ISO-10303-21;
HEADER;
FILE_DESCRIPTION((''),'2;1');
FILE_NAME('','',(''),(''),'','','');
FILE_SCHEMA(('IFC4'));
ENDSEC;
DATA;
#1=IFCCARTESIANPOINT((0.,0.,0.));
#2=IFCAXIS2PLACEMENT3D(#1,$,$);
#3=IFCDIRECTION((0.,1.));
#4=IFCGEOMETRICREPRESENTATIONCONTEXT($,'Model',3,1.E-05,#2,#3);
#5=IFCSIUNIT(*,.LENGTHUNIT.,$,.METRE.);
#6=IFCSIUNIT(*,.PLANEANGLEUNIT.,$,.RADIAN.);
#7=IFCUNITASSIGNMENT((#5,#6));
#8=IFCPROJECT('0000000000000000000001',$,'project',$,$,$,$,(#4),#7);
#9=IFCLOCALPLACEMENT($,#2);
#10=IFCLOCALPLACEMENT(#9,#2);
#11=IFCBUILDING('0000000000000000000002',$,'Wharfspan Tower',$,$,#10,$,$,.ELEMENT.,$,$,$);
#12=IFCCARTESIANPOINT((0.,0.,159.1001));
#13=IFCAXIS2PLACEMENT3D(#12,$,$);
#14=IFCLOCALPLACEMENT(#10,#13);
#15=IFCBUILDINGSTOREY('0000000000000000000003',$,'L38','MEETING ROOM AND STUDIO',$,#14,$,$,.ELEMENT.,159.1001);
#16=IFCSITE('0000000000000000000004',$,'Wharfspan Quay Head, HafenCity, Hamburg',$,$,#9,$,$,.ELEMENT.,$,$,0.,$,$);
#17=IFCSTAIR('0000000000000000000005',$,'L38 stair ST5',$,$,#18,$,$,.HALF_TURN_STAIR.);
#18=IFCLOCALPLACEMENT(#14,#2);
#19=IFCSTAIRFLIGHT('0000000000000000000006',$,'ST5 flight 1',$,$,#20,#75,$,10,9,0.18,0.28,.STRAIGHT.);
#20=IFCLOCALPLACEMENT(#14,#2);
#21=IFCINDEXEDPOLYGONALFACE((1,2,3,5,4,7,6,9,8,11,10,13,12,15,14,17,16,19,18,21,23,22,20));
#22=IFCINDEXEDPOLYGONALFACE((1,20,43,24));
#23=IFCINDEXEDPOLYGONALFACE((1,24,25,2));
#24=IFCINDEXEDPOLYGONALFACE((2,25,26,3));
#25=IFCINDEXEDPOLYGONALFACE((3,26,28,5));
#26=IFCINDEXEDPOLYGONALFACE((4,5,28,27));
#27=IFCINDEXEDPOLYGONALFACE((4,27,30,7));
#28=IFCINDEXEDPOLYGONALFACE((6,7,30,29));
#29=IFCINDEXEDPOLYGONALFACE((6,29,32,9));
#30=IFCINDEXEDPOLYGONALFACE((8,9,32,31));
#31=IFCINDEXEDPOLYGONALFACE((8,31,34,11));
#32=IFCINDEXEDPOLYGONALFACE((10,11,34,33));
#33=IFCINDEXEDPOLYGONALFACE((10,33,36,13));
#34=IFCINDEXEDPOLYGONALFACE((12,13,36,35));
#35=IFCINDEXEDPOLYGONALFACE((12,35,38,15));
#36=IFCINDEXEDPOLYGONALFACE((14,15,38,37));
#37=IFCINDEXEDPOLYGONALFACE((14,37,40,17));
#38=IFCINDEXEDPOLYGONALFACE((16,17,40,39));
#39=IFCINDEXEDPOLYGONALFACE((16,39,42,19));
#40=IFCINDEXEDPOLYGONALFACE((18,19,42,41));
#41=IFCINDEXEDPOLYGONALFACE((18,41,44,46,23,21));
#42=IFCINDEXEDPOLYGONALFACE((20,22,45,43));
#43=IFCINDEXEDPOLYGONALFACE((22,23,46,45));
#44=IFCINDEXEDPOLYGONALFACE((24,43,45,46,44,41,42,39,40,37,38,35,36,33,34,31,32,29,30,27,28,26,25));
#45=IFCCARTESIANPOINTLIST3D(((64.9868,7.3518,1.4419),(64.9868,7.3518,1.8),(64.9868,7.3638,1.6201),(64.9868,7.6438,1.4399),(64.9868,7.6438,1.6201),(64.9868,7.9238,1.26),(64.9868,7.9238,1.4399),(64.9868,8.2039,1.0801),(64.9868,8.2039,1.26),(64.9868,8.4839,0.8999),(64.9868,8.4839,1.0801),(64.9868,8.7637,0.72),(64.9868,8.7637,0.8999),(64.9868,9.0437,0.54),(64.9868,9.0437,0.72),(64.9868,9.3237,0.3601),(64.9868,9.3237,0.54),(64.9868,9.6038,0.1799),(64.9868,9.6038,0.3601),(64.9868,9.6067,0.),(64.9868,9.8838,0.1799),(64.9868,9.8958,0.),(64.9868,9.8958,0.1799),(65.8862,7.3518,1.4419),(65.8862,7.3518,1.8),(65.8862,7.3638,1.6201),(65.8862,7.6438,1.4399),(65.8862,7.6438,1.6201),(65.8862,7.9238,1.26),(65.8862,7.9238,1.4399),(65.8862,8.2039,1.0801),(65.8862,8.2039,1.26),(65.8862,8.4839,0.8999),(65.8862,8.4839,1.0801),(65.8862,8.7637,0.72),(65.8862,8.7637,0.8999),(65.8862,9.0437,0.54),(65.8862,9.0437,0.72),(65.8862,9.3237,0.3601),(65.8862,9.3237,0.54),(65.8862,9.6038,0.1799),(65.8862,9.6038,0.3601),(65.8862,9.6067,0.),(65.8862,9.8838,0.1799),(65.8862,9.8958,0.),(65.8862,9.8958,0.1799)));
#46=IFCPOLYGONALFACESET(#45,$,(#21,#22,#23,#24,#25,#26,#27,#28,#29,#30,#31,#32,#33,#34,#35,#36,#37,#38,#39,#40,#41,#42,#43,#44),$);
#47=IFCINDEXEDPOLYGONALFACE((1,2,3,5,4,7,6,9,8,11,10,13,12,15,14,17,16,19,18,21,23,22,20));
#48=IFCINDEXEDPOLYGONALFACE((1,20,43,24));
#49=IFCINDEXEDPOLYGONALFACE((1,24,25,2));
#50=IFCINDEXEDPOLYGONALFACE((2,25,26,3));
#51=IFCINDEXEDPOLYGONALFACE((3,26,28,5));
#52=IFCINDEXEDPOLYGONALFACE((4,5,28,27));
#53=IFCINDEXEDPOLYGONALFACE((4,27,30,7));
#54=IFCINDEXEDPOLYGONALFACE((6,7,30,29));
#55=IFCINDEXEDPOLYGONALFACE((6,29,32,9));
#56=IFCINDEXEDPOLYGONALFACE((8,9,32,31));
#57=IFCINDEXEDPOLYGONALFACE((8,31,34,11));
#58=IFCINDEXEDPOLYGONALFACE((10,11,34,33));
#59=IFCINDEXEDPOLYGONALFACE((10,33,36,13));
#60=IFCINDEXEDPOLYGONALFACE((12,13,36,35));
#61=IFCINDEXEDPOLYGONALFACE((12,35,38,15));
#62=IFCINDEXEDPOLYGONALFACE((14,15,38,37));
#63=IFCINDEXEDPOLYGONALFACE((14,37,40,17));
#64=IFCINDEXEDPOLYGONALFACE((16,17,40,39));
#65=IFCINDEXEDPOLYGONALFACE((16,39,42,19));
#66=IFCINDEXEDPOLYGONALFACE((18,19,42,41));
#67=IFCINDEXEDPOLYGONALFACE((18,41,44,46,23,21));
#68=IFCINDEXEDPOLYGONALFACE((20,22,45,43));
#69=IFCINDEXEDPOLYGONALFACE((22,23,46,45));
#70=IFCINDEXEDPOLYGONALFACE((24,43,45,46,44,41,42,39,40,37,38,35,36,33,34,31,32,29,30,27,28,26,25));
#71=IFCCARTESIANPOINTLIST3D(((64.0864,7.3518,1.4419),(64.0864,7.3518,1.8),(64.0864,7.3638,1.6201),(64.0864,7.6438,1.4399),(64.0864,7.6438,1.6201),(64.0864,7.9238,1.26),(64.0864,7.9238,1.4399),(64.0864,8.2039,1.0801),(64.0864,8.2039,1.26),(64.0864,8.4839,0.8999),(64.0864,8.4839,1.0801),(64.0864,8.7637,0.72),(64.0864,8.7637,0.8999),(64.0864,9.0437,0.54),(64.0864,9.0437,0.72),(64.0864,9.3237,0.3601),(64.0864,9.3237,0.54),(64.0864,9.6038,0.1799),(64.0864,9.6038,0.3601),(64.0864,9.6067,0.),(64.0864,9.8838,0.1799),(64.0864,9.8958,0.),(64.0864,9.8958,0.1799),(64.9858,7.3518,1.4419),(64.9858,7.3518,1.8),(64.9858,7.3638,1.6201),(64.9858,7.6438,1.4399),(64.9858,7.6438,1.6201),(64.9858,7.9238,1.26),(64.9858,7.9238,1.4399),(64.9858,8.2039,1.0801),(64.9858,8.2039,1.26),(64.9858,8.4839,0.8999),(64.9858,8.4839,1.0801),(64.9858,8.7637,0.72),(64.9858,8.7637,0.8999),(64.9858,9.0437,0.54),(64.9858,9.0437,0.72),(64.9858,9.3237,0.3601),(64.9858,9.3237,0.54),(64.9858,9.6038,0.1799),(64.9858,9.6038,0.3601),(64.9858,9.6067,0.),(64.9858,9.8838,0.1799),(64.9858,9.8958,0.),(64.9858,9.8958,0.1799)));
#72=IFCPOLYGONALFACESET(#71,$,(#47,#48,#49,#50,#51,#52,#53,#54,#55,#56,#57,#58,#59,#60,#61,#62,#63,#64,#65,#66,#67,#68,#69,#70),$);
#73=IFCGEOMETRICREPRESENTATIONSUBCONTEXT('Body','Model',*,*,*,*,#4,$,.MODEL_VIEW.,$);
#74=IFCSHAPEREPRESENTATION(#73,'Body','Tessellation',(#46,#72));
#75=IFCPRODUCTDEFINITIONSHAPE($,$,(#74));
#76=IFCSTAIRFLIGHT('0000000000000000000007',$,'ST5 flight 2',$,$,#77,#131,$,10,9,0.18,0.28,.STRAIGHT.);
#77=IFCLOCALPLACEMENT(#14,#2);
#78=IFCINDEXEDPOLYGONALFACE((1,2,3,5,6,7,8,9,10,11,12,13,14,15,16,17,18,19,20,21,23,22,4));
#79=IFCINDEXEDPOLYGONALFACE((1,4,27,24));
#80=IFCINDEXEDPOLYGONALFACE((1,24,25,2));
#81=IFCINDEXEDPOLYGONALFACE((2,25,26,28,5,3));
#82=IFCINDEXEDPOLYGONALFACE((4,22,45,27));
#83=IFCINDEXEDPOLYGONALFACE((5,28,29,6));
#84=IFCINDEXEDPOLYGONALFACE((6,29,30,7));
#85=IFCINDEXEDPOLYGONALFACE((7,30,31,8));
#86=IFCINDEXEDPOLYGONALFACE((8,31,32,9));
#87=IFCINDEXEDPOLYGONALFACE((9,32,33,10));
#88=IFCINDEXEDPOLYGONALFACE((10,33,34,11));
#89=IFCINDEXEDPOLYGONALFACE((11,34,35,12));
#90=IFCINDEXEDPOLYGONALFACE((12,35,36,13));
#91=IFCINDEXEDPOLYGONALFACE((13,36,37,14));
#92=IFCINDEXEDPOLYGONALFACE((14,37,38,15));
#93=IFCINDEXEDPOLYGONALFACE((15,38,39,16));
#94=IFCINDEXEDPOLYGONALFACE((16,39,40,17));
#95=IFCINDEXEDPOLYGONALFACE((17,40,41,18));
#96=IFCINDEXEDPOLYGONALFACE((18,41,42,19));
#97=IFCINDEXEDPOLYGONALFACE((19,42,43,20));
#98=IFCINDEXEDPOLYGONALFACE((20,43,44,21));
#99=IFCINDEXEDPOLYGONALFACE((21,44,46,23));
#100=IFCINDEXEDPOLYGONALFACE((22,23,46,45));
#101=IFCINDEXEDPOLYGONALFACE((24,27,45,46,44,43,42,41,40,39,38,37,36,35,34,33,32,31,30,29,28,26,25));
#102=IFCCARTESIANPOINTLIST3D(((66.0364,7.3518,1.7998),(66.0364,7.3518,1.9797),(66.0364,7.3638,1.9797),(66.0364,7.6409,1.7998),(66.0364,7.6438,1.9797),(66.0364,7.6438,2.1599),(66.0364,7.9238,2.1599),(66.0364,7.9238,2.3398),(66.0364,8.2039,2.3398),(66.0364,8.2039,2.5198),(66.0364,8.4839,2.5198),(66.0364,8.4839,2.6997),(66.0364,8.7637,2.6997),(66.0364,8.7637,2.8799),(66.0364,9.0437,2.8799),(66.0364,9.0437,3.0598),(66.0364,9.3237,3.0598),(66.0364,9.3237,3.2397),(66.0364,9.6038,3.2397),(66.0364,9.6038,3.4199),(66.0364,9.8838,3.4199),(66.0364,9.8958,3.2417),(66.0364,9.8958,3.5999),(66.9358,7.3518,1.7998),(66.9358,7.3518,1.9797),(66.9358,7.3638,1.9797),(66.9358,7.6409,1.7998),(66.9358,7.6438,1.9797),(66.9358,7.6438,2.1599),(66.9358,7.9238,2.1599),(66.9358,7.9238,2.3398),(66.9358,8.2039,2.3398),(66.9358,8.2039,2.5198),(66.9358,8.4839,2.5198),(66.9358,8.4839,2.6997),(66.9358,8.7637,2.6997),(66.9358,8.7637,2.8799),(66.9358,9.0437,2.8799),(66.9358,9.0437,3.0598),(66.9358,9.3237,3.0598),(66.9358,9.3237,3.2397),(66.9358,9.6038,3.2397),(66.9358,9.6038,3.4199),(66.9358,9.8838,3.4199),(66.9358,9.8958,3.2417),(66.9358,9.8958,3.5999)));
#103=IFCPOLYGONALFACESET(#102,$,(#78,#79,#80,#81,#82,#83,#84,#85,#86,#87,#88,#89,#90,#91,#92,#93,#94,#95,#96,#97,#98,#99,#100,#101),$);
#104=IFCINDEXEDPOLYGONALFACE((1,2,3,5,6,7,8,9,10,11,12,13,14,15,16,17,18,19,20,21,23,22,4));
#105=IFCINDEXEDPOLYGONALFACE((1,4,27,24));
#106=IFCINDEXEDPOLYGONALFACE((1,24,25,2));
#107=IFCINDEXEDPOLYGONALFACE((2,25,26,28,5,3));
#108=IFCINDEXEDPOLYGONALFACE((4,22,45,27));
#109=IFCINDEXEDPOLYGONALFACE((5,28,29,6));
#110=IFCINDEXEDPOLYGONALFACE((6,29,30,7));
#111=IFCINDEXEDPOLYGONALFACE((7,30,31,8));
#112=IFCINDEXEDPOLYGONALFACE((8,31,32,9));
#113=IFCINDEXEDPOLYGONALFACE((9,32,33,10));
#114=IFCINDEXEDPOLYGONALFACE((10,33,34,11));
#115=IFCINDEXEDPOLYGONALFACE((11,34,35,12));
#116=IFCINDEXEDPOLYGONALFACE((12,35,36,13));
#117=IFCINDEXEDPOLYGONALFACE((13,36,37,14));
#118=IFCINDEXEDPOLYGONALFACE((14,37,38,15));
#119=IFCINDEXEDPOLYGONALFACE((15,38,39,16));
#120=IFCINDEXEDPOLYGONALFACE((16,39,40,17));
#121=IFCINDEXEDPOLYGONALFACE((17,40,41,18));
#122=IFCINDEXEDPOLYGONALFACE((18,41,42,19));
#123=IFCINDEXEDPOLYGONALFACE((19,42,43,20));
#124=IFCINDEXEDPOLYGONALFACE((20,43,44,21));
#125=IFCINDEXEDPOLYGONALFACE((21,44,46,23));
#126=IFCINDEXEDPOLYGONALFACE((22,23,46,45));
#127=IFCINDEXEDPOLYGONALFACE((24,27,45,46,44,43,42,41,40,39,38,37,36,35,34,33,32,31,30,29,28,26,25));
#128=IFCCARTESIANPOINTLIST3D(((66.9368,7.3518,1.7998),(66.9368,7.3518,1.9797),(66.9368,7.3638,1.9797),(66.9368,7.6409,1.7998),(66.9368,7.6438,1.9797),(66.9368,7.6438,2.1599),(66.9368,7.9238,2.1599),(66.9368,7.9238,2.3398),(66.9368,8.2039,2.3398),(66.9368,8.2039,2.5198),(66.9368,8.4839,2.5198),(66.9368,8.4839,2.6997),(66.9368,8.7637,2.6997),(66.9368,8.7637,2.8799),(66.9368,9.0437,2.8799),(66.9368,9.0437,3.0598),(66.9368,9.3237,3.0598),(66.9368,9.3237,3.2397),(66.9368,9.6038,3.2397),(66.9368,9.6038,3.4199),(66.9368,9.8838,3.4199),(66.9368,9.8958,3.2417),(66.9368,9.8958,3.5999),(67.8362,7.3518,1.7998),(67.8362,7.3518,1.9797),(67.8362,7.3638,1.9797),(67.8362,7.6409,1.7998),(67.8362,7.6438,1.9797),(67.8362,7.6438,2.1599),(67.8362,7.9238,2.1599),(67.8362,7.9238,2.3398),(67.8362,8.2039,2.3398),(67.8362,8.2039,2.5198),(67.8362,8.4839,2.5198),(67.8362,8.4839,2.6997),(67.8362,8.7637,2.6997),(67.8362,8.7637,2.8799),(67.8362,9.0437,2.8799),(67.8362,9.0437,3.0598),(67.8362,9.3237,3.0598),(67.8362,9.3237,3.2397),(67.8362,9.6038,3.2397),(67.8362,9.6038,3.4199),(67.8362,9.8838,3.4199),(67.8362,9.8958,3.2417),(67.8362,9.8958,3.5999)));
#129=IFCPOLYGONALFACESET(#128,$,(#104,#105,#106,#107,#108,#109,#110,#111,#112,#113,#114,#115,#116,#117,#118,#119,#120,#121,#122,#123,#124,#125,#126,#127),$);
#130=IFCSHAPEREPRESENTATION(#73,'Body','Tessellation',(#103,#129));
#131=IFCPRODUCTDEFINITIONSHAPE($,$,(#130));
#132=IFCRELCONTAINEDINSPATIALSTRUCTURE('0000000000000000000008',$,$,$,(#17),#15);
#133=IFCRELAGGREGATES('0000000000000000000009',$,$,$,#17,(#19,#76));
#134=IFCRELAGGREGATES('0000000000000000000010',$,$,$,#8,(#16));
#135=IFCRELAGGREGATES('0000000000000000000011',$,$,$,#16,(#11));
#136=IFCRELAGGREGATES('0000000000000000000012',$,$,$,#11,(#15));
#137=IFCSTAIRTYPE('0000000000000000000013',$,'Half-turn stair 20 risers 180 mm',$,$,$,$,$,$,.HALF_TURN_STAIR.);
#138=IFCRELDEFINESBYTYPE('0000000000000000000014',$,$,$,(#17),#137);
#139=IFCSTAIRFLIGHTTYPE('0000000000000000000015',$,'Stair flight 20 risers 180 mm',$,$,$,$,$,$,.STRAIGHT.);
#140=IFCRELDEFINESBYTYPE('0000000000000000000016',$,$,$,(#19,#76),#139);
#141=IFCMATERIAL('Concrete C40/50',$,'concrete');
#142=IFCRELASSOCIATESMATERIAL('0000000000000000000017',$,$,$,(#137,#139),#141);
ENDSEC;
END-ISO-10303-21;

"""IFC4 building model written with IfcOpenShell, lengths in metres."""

from ifc_helpers import new_model, si_unit, direction, frame, origin, place, context, subcontext, project, spatial, polyline, outline, extrude, material, type_object, element, aggregate, save


model = new_model("IFC4")

# Units and contexts
model_context = context("Model", 3, precision=1e-05, world=origin(), true_north=direction((0.0, 1.0)))
body_context = subcontext(model_context, "Body", "Model", "MODEL_VIEW")
ifc_project = project(units=[si_unit("LENGTHUNIT", "METRE"), si_unit("PLANEANGLEUNIT", "RADIAN")], contexts=[model_context])

# Site, building, storey
site_placement = place(None, origin())
site = spatial("IfcSite", under=ifc_project, at=site_placement, Name="Wharfspan Quay Head, HafenCity, Hamburg", CompositionType="ELEMENT", RefElevation=0.0)
building_placement = place(site_placement, origin())
building = spatial("IfcBuilding", under=site, at=building_placement, Name="Wharfspan Tower", CompositionType="ELEMENT")
storey_placement = place(building_placement, frame((0.0, 0.0, 159.1001)))
storey = spatial("IfcBuildingStorey", under=building, at=storey_placement, Name="L38", Description="MEETING ROOM AND STUDIO", CompositionType="ELEMENT", Elevation=159.1001)

# Shared definitions
ifc_material_1 = material(Name="Concrete C40/50", Category="concrete")

# Stair, stair flights
stair_type = type_object("IfcStairType", Name="Half-turn stair 20 risers 180 mm", PredefinedType="HALF_TURN_STAIR", material=ifc_material_1)
stair_placement = place(storey_placement, origin())
stair = element("IfcStair", 1, at=stair_placement, inside=storey, type_object=stair_type, Name="L38 stair ST5", PredefinedType="HALF_TURN_STAIR")
stair_flight_type = type_object("IfcStairFlightType", Name="Stair flight 20 risers 180 mm", PredefinedType="STRAIGHT", material=ifc_material_1)
stair_flight_1_placement = place(storey_placement, frame((64.9863, 9.8838, 0.0), z_axis=(0.0, 0.0, 1.0), x_axis=(0.0, -1.0, 0.0)))
stair_flight_1 = element("IfcStairFlight", 2, at=stair_flight_1_placement, type_object=stair_flight_type, Name="ST5 flight 1", NumberOfRisers=10, NumberOfTreads=9, PredefinedType="STRAIGHT", RiserHeight=0.18, TreadLength=0.28, context=body_context, shape_type="SweptSolid", body=[
    extrude(outline(polyline([(-0.012, 0.0), (-0.012, 0.1799), (0.0, 0.1799), (0.28, 0.1799), (0.28, 0.3601), (0.5601, 0.3601), (0.5601, 0.54), (0.8401, 0.54), (0.8401, 0.72), (1.1201, 0.72), (1.1201, 0.8999), (1.3999, 0.8999), (1.3999, 1.0801), (1.6799, 1.0801), (1.6799, 1.26), (1.96, 1.26), (1.96, 1.4399), (2.24, 1.4399), (2.24, 1.6201), (2.52, 1.6201), (2.532, 1.8), (2.532, 1.4419), (0.2771, 0.0), (-0.012, 0.0)])), frame((0.0, 0.8999, 0.0), z_axis=(0.0, -1.0, 0.0), x_axis=(1.0, 0.0, 0.0)), (0.0, 0.0, 1.0), 0.8994),
    extrude(outline(polyline([(-0.012, 0.0), (-0.012, 0.1799), (0.0, 0.1799), (0.28, 0.1799), (0.28, 0.3601), (0.5601, 0.3601), (0.5601, 0.54), (0.8401, 0.54), (0.8401, 0.72), (1.1201, 0.72), (1.1201, 0.8999), (1.3999, 0.8999), (1.3999, 1.0801), (1.6799, 1.0801), (1.6799, 1.26), (1.96, 1.26), (1.96, 1.4399), (2.24, 1.4399), (2.24, 1.6201), (2.52, 1.6201), (2.532, 1.8), (2.532, 1.4419), (0.2771, 0.0), (-0.012, 0.0)])), frame((0.0, -0.0005, 0.0), z_axis=(0.0, -1.0, 0.0), x_axis=(1.0, 0.0, 0.0)), (0.0, 0.0, 1.0), 0.8994),
])
stair_flight_2_placement = place(storey_placement, frame((66.9363, 7.3638, 1.7998), z_axis=(0.0, 0.0, 1.0), x_axis=(0.0, 1.0, 0.0)))
stair_flight_2 = element("IfcStairFlight", 3, at=stair_flight_2_placement, type_object=stair_flight_type, Name="ST5 flight 2", NumberOfRisers=10, NumberOfTreads=9, PredefinedType="STRAIGHT", RiserHeight=0.18, TreadLength=0.28, context=body_context, shape_type="SweptSolid", body=[
    extrude(outline(polyline([(-0.012, 0.0), (-0.012, 0.1799), (0.0, 0.1799), (0.28, 0.1799), (0.28, 0.3601), (0.5601, 0.3601), (0.5601, 0.54), (0.8401, 0.54), (0.8401, 0.72), (1.1201, 0.72), (1.1201, 0.8999), (1.3999, 0.8999), (1.3999, 1.0801), (1.6799, 1.0801), (1.6799, 1.26), (1.96, 1.26), (1.96, 1.4399), (2.24, 1.4399), (2.24, 1.6201), (2.52, 1.6201), (2.532, 1.8), (2.532, 1.4419), (0.2771, 0.0), (-0.012, 0.0)])), frame((0.0, 0.8999, 0.0), z_axis=(0.0, -1.0, 0.0), x_axis=(1.0, 0.0, 0.0)), (0.0, 0.0, 1.0), 0.8994),
    extrude(outline(polyline([(-0.012, 0.0), (-0.012, 0.1799), (0.0, 0.1799), (0.28, 0.1799), (0.28, 0.3601), (0.5601, 0.3601), (0.5601, 0.54), (0.8401, 0.54), (0.8401, 0.72), (1.1201, 0.72), (1.1201, 0.8999), (1.3999, 0.8999), (1.3999, 1.0801), (1.6799, 1.0801), (1.6799, 1.26), (1.96, 1.26), (1.96, 1.4399), (2.24, 1.4399), (2.24, 1.6201), (2.52, 1.6201), (2.532, 1.8), (2.532, 1.4419), (0.2771, 0.0), (-0.012, 0.0)])), frame((0.0, -0.0005, 0.0), z_axis=(0.0, -1.0, 0.0), x_axis=(1.0, 0.0, 0.0)), (0.0, 0.0, 1.0), 0.8994),
])
aggregate(stair, [stair_flight_1, stair_flight_2])

save(model, "model.ifc")
